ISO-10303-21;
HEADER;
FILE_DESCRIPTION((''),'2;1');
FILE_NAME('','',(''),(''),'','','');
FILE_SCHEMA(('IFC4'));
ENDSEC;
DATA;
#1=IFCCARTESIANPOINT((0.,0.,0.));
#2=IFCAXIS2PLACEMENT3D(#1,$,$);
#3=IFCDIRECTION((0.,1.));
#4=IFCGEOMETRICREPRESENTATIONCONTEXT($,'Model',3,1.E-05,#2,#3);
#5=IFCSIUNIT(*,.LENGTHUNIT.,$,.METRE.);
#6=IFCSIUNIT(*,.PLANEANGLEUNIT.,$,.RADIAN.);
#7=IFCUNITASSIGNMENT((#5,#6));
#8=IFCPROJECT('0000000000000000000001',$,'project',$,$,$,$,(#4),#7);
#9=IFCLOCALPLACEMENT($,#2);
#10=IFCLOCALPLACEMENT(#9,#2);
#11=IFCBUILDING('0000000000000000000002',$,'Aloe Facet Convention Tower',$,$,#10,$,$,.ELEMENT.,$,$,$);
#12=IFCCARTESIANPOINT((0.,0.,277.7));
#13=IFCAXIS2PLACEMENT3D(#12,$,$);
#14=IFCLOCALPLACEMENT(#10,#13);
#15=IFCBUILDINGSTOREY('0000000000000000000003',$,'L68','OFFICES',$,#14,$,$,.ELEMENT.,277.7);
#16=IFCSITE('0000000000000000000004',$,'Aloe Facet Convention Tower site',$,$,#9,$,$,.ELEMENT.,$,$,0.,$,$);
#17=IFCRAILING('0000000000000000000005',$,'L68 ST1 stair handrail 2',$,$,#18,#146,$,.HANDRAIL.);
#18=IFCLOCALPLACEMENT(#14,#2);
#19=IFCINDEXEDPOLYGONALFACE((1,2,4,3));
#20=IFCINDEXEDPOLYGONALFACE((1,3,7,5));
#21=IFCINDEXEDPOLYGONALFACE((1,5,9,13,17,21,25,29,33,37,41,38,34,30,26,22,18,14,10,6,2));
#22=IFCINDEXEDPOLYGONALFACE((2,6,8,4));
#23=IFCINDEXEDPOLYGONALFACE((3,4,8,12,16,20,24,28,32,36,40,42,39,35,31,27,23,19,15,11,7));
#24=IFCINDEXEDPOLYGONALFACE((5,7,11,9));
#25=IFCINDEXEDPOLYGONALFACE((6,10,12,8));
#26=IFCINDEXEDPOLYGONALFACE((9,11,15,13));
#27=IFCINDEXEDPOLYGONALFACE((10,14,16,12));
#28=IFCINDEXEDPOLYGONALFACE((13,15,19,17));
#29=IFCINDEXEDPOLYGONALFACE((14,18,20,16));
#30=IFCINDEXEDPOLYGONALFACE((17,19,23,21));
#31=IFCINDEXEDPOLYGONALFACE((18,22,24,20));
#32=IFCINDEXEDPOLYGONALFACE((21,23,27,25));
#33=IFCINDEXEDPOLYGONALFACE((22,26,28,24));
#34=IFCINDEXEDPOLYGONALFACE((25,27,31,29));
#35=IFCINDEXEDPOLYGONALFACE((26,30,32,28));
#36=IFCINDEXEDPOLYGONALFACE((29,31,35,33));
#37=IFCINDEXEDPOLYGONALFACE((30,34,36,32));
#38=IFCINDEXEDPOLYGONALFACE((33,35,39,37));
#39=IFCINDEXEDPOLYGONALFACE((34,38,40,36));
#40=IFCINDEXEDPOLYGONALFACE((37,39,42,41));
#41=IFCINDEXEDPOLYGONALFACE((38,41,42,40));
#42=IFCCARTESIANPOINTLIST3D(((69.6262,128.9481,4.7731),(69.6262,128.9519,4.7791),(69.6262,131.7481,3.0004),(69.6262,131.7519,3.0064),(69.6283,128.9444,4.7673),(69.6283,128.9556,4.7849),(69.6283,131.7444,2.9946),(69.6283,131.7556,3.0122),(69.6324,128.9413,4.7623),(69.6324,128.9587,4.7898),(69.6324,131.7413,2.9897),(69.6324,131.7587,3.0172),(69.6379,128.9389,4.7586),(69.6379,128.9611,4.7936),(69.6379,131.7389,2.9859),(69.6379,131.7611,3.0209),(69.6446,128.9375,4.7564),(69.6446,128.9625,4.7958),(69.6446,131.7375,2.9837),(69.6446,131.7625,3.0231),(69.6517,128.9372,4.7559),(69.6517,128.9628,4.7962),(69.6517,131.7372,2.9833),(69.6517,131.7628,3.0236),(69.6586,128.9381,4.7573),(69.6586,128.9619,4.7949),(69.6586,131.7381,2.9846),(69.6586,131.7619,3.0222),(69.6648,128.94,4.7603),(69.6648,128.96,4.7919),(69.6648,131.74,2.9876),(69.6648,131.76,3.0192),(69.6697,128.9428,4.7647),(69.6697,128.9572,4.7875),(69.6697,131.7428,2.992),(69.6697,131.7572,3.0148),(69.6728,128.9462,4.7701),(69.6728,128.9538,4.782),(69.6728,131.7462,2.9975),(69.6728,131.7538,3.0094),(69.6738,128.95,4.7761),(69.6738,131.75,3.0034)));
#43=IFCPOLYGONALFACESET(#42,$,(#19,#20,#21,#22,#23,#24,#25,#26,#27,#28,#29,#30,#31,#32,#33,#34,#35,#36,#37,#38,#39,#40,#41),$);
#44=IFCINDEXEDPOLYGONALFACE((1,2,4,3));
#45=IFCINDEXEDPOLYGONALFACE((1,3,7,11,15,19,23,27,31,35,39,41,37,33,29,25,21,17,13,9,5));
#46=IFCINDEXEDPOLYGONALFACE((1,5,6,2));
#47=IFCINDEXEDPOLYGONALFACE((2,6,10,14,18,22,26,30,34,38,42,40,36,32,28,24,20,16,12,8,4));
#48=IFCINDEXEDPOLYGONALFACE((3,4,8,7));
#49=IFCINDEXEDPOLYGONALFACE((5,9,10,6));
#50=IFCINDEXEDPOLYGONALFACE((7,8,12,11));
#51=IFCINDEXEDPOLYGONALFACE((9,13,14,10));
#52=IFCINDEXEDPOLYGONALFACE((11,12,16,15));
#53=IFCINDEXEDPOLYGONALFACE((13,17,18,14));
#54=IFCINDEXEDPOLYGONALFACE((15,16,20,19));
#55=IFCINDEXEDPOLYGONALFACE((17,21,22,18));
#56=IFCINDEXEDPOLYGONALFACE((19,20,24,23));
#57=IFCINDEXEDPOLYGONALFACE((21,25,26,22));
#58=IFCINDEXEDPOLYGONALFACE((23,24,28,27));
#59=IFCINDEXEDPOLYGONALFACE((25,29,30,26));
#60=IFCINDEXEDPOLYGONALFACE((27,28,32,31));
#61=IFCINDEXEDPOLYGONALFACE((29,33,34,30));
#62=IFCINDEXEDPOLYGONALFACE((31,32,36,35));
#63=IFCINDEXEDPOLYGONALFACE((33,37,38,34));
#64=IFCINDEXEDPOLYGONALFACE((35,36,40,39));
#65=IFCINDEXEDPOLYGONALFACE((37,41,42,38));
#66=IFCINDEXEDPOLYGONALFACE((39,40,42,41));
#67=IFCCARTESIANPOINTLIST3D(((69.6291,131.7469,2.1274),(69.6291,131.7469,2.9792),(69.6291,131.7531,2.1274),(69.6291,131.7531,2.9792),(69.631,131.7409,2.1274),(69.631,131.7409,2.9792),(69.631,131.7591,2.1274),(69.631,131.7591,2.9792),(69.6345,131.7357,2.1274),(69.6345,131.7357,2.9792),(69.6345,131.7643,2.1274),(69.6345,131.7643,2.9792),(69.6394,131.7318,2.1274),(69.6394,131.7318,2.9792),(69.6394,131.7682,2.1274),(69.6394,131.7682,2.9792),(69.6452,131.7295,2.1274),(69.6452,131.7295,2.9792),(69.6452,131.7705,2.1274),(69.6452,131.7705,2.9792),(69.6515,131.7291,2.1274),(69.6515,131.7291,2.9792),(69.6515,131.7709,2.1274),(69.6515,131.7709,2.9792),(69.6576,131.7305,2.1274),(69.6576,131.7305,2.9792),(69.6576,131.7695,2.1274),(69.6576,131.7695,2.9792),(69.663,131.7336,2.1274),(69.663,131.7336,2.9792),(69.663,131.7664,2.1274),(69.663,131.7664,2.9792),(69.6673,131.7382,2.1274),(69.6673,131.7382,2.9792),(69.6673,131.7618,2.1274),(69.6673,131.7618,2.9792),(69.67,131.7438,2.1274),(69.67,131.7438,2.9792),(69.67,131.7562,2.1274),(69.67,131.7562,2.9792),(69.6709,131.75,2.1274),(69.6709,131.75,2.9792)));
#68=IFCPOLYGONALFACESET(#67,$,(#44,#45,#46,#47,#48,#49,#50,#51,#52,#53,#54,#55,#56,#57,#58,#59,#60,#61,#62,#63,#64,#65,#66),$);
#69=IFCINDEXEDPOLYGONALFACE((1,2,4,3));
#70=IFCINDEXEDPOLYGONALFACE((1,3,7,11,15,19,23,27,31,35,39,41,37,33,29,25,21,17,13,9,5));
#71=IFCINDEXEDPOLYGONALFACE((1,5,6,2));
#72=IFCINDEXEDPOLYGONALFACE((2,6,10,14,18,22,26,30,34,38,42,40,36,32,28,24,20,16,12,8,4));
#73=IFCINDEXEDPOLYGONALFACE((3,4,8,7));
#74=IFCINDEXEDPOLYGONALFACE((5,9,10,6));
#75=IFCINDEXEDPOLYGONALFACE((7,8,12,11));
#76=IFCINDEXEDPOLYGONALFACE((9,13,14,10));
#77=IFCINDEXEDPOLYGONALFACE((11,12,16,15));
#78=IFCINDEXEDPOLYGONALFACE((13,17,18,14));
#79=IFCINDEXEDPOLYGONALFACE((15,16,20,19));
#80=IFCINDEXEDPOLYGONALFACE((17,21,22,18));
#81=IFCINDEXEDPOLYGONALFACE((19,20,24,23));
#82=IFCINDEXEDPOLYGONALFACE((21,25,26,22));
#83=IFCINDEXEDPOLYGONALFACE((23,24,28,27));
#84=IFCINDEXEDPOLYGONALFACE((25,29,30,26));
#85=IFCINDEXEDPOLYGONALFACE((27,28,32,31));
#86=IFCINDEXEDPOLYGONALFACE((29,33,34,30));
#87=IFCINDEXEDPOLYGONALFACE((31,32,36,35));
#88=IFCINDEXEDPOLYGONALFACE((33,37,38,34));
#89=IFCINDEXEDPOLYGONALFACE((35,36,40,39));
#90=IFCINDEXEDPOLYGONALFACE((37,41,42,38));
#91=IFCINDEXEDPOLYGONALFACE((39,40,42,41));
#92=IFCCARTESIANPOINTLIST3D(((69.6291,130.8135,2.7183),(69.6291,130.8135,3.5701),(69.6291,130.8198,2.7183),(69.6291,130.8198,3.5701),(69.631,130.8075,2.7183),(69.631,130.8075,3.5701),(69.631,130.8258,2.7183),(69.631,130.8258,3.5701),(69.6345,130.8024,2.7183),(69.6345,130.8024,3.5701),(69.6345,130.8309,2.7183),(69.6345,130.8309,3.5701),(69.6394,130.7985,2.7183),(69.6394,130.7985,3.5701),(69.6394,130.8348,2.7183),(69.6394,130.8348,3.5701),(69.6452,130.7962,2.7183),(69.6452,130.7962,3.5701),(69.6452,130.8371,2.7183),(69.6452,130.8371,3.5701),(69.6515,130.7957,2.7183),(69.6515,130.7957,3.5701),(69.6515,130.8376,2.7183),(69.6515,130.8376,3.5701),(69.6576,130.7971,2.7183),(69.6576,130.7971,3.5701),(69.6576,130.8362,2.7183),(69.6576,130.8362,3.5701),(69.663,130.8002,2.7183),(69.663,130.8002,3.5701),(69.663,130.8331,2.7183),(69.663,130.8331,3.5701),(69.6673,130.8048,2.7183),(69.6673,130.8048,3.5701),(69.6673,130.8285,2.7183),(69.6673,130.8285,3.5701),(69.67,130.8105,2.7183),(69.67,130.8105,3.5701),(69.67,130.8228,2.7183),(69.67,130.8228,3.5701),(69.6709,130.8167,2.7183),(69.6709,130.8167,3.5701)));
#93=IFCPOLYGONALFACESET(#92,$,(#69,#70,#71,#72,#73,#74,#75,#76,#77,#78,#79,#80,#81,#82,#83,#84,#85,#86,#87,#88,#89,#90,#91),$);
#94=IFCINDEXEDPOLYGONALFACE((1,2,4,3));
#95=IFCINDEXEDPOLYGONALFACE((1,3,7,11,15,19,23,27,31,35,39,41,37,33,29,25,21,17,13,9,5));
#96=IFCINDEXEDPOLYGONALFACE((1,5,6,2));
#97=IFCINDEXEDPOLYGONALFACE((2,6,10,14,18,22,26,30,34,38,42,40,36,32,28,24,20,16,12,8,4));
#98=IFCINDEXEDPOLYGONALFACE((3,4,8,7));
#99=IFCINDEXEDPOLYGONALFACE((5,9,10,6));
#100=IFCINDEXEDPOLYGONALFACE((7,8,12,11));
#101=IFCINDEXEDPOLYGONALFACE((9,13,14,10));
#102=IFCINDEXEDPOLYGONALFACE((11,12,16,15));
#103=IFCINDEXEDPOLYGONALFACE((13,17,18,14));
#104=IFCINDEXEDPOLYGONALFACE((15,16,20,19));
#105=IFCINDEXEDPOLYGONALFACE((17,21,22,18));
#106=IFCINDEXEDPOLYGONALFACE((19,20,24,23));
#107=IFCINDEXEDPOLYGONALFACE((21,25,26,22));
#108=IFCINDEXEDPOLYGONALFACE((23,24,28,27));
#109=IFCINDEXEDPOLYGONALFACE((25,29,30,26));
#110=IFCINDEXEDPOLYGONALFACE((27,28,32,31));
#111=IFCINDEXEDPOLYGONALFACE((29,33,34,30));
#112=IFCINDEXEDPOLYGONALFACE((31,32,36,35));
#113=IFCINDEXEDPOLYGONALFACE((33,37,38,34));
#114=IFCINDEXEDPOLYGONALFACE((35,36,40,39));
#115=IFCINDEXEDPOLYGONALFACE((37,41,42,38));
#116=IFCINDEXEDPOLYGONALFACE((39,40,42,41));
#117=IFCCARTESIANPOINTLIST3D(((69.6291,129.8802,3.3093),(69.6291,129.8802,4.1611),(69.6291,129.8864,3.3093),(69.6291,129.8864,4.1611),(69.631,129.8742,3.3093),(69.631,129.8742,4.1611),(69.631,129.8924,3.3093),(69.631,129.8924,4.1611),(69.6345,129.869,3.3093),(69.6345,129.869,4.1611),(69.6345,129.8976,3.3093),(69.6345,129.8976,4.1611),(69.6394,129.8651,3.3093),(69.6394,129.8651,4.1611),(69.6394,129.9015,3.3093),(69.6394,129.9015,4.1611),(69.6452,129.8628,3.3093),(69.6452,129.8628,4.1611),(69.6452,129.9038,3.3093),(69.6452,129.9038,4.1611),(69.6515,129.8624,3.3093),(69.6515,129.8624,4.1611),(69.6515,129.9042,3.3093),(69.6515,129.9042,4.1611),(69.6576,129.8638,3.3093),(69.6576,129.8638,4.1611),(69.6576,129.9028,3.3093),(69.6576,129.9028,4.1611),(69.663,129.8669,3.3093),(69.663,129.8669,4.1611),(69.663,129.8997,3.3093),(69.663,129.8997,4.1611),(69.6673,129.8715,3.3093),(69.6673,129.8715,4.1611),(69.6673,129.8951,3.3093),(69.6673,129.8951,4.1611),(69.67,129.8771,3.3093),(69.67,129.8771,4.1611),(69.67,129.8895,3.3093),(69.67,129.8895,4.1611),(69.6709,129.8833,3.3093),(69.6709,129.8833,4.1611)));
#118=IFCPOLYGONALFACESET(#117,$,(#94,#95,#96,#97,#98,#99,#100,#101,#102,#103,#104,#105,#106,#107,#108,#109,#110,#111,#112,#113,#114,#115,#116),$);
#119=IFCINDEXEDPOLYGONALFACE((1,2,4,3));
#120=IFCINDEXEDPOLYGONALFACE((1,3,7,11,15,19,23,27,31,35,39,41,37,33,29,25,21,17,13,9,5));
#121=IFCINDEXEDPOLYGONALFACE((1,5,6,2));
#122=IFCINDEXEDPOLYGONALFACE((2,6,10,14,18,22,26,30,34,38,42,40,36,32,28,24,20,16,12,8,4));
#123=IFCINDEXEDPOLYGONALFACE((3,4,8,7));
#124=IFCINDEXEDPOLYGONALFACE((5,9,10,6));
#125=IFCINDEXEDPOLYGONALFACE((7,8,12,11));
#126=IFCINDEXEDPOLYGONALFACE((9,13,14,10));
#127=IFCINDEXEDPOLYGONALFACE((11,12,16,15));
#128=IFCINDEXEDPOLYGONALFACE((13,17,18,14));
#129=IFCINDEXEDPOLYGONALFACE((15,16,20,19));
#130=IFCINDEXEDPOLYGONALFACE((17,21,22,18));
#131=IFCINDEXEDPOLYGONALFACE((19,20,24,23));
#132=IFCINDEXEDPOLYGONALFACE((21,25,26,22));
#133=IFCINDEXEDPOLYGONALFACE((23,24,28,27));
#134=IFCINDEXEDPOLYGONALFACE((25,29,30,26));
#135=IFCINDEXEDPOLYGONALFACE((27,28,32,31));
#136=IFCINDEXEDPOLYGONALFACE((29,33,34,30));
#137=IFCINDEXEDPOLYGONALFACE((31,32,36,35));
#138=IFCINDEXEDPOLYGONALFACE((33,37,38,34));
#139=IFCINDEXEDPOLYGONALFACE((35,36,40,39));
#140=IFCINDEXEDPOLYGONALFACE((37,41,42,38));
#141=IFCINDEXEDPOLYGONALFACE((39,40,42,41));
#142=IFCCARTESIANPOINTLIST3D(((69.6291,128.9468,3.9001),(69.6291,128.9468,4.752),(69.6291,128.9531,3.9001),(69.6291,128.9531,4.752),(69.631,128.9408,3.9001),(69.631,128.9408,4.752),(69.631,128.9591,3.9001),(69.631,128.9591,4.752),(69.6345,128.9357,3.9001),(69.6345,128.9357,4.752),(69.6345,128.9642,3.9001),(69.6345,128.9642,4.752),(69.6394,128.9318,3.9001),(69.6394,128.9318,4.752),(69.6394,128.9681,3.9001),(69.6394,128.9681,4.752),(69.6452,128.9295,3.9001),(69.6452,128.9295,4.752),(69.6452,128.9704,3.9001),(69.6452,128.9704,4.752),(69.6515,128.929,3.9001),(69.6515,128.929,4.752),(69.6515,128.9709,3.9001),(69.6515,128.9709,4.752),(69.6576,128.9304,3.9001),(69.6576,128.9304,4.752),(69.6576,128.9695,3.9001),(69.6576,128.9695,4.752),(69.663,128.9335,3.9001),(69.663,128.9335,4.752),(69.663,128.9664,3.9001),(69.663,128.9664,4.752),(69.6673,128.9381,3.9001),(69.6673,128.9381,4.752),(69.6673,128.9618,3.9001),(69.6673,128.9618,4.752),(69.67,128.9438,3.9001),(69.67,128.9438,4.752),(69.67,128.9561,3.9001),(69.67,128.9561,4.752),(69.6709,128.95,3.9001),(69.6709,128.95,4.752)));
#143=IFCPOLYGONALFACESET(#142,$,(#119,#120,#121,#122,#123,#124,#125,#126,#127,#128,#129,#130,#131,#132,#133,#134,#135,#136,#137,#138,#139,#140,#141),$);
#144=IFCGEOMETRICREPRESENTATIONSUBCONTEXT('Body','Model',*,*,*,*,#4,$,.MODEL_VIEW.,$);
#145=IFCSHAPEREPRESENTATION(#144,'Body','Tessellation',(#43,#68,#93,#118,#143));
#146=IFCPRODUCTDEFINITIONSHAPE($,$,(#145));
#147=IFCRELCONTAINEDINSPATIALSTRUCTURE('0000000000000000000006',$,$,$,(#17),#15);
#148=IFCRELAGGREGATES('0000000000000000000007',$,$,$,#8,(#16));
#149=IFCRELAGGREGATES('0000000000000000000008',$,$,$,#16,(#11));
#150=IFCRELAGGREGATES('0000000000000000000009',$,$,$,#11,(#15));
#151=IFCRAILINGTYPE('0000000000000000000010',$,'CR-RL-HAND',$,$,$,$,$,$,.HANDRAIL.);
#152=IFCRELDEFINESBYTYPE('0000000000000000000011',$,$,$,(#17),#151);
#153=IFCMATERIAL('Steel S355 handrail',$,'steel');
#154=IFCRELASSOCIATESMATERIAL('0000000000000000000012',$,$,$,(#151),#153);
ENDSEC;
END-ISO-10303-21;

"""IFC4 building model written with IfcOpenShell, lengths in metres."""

from ifc_helpers import new_model, si_unit, direction, frame, origin, origin_2d, place, context, subcontext, project, spatial, circle, extrude, material, type_object, element, save


model = new_model("IFC4")

# Units and contexts
model_context = context("Model", 3, precision=1e-05, world=origin(), true_north=direction((0.0, 1.0)))
body_context = subcontext(model_context, "Body", "Model", "MODEL_VIEW")
ifc_project = project(units=[si_unit("LENGTHUNIT", "METRE"), si_unit("PLANEANGLEUNIT", "RADIAN")], contexts=[model_context])

# Site, building, storey
site_placement = place(None, origin())
site = spatial("IfcSite", under=ifc_project, at=site_placement, Name="Aloe Facet Convention Tower site", CompositionType="ELEMENT", RefElevation=0.0)
building_placement = place(site_placement, origin())
building = spatial("IfcBuilding", under=site, at=building_placement, Name="Aloe Facet Convention Tower", CompositionType="ELEMENT")
storey_placement = place(building_placement, frame((0.0, 0.0, 277.7)))
storey = spatial("IfcBuildingStorey", under=building, at=storey_placement, Name="L68", Description="OFFICES", CompositionType="ELEMENT", Elevation=277.7)

# Railing
ifc_material_1 = material(Name="Steel S355 handrail", Category="steel")
railing_type_1 = type_object("IfcRailingType", Name="CR-RL-HAND", PredefinedType="HANDRAIL", material=ifc_material_1)
railing_1_placement = place(storey_placement, frame((69.6499, 131.75, 2.1274)))
element("IfcRailing", 1, at=railing_1_placement, inside=storey, type_object=railing_type_1, Name="L68 ST1 stair handrail 2", PredefinedType="HANDRAIL", context=body_context, shape_type="SweptSolid", body=[
    extrude(circle(Radius=0.0239, at=origin_2d()), frame((0.0, 0.0, 0.876), z_axis=(0.0, -0.844909, 0.53491), x_axis=(1.0, 0.0, 0.0)), (0.0, 0.0, 1.0), 3.314),
    extrude(circle(Radius=0.021, at=origin_2d()), origin(), (0.0, 0.0, 1.0), 0.8518),
    extrude(circle(Radius=0.021, at=origin_2d()), frame((0.0, -0.9333, 0.5908)), (0.0, 0.0, 1.0), 0.8518),
    extrude(circle(Radius=0.021, at=origin_2d()), frame((0.0, -1.8667, 1.1819)), (0.0, 0.0, 1.0), 0.8518),
    extrude(circle(Radius=0.021, at=origin_2d()), frame((0.0, -2.8, 1.7727)), (0.0, 0.0, 1.0), 0.8518),
])

save(model, "model.ifc")
